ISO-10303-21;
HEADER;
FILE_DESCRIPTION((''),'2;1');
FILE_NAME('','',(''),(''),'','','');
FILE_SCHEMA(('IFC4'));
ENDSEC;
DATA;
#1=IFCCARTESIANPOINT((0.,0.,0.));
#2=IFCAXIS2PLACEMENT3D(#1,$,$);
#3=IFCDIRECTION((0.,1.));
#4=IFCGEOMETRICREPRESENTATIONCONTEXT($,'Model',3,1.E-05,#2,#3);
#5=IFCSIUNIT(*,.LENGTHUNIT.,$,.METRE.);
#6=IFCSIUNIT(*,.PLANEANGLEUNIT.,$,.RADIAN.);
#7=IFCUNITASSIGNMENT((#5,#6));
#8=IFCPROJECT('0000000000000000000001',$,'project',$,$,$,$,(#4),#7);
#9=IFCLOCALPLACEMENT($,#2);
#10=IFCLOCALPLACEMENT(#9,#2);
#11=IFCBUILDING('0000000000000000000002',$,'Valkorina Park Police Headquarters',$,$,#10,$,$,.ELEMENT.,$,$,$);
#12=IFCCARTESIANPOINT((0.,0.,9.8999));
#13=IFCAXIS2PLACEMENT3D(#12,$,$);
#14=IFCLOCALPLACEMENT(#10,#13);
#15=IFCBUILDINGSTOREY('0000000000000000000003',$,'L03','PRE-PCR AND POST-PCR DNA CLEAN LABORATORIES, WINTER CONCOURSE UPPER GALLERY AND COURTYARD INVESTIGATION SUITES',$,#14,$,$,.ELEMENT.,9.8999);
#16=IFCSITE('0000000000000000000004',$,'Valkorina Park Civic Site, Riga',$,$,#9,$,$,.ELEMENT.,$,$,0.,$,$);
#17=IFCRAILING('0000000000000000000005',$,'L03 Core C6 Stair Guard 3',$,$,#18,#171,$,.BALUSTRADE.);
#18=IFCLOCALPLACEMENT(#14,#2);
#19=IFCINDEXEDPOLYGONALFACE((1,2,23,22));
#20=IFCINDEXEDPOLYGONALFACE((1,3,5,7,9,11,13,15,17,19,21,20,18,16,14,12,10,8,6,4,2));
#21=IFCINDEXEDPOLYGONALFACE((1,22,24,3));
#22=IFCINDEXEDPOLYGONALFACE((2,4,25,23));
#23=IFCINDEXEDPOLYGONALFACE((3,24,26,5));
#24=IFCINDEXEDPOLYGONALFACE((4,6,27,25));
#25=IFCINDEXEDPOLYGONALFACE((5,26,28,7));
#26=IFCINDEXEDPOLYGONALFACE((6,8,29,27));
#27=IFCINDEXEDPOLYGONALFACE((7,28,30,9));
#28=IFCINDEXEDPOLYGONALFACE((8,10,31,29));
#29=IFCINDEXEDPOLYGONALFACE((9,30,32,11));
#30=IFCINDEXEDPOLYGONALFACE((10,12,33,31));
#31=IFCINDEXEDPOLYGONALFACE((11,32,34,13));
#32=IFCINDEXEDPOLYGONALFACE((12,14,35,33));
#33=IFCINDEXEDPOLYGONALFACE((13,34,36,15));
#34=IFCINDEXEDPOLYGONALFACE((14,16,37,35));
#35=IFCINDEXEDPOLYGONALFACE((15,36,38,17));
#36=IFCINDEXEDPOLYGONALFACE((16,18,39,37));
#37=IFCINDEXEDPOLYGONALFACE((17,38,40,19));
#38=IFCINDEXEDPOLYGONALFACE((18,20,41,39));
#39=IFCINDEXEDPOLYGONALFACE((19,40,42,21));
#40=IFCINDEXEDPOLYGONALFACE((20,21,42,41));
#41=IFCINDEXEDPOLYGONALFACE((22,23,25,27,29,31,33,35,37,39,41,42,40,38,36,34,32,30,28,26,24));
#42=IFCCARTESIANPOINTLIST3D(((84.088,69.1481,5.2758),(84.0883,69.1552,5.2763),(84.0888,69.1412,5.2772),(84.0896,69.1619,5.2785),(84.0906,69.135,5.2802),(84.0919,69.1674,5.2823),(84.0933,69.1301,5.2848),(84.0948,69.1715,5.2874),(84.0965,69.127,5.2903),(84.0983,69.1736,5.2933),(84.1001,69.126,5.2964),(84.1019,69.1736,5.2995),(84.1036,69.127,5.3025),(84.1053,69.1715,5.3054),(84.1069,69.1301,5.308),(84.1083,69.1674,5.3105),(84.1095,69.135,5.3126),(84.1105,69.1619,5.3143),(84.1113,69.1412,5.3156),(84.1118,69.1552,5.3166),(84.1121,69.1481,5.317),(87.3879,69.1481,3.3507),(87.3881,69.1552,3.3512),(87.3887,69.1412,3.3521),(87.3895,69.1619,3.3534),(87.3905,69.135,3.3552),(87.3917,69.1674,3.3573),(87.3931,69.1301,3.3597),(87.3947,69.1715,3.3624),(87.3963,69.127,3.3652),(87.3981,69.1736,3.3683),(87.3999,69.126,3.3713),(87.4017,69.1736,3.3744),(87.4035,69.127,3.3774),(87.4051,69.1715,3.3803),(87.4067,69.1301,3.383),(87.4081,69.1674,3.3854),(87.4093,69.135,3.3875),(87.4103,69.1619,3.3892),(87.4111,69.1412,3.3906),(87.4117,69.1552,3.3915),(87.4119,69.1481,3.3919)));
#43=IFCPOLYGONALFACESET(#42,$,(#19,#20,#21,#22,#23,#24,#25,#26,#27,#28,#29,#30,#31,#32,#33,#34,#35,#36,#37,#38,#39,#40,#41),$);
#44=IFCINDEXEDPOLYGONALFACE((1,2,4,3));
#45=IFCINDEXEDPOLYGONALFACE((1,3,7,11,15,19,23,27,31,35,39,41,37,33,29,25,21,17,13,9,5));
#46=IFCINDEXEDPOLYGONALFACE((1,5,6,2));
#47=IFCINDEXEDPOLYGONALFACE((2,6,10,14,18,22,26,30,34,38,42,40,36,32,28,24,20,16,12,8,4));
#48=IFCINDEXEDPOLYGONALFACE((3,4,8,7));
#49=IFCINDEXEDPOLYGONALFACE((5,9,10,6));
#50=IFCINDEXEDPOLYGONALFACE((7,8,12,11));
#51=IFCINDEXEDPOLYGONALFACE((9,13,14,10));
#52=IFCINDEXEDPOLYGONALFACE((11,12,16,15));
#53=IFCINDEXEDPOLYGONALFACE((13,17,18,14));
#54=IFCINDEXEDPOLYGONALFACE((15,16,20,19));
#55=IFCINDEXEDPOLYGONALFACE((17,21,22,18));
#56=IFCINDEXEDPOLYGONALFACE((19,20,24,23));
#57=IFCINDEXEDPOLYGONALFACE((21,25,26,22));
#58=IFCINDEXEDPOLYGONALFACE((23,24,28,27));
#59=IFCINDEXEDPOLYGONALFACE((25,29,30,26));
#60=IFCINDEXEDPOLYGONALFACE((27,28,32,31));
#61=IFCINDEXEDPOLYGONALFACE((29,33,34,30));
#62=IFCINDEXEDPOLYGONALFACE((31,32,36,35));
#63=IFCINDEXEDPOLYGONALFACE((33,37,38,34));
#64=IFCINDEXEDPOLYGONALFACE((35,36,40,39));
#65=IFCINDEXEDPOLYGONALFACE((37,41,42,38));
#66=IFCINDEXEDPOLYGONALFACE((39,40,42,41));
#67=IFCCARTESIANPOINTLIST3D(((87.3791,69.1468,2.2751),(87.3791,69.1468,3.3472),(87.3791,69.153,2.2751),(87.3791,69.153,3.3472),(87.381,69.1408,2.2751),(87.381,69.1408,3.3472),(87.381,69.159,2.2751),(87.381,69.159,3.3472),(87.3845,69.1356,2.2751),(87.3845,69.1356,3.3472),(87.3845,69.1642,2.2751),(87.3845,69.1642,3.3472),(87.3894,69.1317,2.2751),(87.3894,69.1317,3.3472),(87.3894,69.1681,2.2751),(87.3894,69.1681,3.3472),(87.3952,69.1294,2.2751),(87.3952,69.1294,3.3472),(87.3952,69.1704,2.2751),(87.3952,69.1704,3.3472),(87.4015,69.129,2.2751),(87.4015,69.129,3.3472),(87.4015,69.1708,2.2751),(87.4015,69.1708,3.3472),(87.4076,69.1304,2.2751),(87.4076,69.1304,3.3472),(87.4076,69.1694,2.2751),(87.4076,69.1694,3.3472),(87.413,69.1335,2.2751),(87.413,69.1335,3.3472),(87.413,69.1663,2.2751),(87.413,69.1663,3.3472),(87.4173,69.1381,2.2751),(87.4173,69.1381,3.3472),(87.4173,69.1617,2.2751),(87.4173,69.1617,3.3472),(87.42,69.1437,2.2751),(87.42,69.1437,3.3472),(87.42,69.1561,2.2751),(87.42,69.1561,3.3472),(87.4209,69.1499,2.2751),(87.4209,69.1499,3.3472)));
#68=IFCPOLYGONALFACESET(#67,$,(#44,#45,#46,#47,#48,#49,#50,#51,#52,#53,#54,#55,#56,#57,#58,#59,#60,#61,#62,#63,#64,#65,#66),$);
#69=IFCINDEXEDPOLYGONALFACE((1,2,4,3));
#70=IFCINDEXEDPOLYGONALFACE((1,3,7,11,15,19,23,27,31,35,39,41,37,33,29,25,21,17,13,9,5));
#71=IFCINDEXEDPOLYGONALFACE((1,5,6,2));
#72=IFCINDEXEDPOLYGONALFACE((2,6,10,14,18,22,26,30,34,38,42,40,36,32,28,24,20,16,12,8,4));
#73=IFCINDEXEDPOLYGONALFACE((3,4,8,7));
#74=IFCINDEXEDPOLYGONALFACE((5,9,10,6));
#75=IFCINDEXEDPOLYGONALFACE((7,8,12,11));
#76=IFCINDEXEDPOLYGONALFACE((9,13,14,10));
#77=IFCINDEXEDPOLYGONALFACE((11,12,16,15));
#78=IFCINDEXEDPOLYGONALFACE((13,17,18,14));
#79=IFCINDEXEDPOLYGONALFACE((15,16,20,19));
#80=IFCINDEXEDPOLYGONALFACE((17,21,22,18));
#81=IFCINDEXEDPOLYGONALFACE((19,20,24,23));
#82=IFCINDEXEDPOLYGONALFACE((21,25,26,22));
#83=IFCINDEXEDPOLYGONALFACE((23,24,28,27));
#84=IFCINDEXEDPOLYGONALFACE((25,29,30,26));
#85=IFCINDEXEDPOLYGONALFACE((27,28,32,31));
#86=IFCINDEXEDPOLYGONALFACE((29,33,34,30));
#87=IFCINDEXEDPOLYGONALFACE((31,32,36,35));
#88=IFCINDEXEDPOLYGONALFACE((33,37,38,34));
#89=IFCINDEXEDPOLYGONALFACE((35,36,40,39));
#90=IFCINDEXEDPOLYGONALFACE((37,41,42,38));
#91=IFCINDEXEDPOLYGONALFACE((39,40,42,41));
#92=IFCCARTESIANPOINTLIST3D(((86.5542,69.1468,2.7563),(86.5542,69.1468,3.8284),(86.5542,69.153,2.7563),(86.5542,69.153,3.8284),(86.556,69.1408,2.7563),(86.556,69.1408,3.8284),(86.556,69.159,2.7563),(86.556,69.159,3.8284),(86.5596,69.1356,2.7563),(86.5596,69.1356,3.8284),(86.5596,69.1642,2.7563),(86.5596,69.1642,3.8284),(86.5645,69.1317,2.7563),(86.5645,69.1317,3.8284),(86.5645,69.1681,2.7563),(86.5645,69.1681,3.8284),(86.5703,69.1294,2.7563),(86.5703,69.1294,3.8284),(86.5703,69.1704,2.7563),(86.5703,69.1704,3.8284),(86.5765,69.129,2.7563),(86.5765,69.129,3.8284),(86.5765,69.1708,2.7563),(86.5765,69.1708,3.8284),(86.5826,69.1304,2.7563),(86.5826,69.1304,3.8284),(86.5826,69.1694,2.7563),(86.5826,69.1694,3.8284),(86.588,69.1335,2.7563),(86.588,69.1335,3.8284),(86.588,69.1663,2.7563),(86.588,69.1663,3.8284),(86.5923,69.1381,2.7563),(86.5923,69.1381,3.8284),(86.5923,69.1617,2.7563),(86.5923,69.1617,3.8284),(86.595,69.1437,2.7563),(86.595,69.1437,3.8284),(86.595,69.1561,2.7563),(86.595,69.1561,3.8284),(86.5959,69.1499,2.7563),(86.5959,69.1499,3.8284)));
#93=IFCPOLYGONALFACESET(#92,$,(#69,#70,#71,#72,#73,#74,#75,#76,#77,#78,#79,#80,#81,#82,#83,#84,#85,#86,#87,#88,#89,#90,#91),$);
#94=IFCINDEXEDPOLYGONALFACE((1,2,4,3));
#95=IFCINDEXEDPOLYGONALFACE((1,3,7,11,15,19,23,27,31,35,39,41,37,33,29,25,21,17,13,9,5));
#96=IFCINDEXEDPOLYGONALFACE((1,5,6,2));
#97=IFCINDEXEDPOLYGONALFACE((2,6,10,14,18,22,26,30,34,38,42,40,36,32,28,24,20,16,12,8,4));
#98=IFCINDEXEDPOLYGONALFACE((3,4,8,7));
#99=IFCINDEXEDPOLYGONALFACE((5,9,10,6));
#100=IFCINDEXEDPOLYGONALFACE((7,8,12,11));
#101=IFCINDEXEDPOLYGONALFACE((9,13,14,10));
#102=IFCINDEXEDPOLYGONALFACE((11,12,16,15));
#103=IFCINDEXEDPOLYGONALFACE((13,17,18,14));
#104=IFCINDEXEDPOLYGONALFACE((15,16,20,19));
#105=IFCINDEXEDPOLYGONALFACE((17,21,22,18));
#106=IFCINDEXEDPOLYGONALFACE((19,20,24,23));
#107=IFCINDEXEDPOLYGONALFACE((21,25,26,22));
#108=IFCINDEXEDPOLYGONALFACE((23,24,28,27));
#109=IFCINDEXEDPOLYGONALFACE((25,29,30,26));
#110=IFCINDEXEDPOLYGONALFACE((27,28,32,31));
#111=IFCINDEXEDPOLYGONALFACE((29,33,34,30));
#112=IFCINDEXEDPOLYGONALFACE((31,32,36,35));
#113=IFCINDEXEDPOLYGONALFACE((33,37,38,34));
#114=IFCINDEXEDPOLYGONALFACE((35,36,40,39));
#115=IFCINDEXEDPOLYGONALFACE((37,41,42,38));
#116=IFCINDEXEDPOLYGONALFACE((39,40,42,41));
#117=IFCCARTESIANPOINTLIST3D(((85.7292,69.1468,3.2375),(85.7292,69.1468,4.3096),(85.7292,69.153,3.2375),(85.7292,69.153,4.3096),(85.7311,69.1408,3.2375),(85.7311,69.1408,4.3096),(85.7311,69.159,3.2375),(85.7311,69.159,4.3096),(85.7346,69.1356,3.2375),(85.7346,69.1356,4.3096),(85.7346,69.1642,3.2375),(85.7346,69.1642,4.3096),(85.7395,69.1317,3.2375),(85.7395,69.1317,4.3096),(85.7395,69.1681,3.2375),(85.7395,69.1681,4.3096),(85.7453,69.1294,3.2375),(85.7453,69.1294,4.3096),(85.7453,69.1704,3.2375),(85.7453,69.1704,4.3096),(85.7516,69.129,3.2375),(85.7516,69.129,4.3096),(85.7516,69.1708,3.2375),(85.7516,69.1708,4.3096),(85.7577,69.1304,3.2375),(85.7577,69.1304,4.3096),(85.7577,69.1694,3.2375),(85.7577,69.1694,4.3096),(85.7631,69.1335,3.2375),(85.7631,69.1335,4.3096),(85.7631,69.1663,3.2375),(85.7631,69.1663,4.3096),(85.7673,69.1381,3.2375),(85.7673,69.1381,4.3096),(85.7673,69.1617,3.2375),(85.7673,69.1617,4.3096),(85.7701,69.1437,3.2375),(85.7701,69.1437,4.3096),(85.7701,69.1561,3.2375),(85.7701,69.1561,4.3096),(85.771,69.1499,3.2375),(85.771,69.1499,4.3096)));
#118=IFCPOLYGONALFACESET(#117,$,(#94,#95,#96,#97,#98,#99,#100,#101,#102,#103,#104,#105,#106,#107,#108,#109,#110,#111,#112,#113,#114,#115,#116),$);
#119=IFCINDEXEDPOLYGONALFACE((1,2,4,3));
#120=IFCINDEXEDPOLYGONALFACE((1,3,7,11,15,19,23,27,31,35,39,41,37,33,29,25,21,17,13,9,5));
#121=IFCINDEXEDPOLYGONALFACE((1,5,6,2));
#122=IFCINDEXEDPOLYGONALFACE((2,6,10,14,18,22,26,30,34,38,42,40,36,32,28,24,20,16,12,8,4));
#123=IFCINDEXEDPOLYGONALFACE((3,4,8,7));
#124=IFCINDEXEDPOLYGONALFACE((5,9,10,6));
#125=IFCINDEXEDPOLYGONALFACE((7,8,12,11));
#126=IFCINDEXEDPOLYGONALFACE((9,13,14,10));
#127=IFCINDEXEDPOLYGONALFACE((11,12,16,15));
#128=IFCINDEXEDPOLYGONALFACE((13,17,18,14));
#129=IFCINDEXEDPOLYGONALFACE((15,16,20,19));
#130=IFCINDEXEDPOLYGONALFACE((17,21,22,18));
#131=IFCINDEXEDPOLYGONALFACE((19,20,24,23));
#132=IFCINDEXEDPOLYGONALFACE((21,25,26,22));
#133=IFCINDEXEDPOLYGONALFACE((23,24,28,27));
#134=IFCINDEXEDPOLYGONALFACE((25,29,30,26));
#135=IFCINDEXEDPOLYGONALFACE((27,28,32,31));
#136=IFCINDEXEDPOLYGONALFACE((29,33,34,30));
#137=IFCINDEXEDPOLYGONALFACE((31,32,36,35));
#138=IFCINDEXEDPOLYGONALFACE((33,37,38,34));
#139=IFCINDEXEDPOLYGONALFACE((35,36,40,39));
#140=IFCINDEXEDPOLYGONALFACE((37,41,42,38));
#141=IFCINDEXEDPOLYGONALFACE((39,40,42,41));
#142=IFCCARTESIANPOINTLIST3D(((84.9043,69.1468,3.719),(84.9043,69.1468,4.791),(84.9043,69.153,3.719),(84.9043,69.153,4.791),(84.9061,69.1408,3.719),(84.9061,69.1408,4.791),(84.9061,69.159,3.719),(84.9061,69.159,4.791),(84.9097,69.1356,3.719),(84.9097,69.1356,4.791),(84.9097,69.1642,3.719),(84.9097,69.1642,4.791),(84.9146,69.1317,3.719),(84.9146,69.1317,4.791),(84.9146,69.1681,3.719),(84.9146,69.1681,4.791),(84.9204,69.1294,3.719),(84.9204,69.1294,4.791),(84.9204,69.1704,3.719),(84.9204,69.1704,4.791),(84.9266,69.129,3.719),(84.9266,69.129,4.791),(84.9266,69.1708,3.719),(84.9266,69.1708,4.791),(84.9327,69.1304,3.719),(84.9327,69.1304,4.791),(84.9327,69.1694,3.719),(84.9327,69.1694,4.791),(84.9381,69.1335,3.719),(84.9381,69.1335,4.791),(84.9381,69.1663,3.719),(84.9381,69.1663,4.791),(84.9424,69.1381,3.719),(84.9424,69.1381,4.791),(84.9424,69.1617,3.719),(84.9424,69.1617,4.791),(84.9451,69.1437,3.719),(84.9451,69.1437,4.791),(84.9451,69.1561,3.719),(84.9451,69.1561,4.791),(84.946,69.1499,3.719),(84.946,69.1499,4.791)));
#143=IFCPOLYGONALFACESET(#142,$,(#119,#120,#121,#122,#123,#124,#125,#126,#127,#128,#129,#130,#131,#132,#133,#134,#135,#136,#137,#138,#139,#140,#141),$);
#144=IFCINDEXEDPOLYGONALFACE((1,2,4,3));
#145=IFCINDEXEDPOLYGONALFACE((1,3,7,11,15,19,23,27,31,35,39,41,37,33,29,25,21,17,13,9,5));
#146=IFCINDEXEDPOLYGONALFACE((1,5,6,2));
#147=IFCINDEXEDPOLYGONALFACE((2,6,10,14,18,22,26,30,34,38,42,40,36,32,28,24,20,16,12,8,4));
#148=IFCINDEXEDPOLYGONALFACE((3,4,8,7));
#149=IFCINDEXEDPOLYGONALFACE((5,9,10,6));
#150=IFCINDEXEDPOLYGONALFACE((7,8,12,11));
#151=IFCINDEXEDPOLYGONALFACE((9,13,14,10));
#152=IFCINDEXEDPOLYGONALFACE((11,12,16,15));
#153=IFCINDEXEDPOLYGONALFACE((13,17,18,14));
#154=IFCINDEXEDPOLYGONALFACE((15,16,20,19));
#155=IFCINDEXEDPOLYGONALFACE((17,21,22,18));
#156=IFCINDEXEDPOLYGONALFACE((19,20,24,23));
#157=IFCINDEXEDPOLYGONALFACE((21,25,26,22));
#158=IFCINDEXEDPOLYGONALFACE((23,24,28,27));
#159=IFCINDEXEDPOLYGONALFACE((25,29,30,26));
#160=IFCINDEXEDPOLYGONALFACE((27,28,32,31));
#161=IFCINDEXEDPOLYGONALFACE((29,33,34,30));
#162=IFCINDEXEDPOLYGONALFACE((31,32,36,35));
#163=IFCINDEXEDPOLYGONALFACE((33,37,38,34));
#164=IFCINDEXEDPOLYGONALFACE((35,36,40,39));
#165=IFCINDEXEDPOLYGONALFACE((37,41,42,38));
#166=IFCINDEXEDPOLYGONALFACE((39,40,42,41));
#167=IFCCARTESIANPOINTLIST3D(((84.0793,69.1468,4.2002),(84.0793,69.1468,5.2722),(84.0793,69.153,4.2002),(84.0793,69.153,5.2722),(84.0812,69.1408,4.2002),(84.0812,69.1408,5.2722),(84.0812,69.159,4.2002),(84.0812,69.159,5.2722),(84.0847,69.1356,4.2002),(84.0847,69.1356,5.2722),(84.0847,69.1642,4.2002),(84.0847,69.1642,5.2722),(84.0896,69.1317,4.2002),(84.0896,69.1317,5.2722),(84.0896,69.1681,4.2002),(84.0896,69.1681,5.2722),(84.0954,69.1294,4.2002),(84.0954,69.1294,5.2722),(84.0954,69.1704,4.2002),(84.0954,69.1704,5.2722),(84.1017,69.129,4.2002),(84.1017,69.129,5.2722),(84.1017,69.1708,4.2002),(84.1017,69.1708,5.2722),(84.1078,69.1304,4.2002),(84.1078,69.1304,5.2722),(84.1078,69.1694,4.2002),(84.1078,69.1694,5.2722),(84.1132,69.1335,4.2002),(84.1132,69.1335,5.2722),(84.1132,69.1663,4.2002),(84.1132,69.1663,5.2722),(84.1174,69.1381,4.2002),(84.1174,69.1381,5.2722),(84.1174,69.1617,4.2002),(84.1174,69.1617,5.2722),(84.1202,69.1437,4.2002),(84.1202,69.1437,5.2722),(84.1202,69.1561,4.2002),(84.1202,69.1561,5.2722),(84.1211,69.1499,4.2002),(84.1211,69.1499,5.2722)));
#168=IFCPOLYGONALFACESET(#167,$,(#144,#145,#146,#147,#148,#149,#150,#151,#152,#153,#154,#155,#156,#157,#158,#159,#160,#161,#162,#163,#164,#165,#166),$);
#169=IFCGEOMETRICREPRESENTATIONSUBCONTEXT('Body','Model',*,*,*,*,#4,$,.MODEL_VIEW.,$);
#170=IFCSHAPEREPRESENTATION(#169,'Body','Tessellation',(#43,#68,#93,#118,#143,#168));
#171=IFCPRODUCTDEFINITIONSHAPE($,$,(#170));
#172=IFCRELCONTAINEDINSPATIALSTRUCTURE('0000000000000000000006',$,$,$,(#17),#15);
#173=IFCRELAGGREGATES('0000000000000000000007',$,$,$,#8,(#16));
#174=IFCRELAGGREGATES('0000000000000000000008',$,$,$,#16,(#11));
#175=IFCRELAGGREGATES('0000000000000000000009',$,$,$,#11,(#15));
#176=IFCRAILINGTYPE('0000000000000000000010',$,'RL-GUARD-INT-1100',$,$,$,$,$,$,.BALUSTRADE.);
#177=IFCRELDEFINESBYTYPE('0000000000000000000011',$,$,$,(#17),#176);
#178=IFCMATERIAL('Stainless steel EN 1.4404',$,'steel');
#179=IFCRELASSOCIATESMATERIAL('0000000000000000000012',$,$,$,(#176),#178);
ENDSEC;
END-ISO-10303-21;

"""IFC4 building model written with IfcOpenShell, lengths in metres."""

from ifc_helpers import new_model, si_unit, direction, frame, origin, origin_2d, place, context, subcontext, project, spatial, circle, extrude, material, type_object, element, save


model = new_model("IFC4")

# Units and contexts
model_context = context("Model", 3, precision=1e-05, world=origin(), true_north=direction((0.0, 1.0)))
body_context = subcontext(model_context, "Body", "Model", "MODEL_VIEW")
ifc_project = project(units=[si_unit("LENGTHUNIT", "METRE"), si_unit("PLANEANGLEUNIT", "RADIAN")], contexts=[model_context])

# Site, building, storey
site_placement = place(None, origin())
site = spatial("IfcSite", under=ifc_project, at=site_placement, Name="Valkorina Park Civic Site, Riga", CompositionType="ELEMENT", RefElevation=0.0)
building_placement = place(site_placement, origin())
building = spatial("IfcBuilding", under=site, at=building_placement, Name="Valkorina Park Police Headquarters", CompositionType="ELEMENT")
storey_placement = place(building_placement, frame((0.0, 0.0, 9.8999)))
storey = spatial("IfcBuildingStorey", under=building, at=storey_placement, Name="L03", Description="PRE-PCR AND POST-PCR DNA CLEAN LABORATORIES, WINTER CONCOURSE UPPER GALLERY AND COURTYARD INVESTIGATION SUITES", CompositionType="ELEMENT", Elevation=9.8999)

# Railing
ifc_material_1 = material(Name="Stainless steel EN 1.4404", Category="steel")
railing_type_1 = type_object("IfcRailingType", Name="RL-GUARD-INT-1100", PredefinedType="BALUSTRADE", material=ifc_material_1)
railing_1_placement = place(storey_placement, frame((87.3999, 69.1499, 2.2751)))
element("IfcRailing", 1, at=railing_1_placement, inside=storey, type_object=railing_type_1, Name="L03 Core C6 Stair Guard 3", PredefinedType="BALUSTRADE", context=body_context, shape_type="SweptSolid", body=[
    extrude(circle(Radius=0.0239, at=origin_2d()), frame((0.0, 0.0, 1.0962), z_axis=(-0.86376, 0.0, 0.503903), x_axis=(0.0, -1.0, 0.0)), (0.0, 0.0, 1.0), 3.8203),
    extrude(circle(Radius=0.021, at=origin_2d()), origin(), (0.0, 0.0, 1.0), 1.072),
    extrude(circle(Radius=0.021, at=origin_2d()), frame((-0.825, 0.0, 0.4812)), (0.0, 0.0, 1.0), 1.072),
    extrude(circle(Radius=0.021, at=origin_2d()), frame((-1.6499, 0.0, 0.9624)), (0.0, 0.0, 1.0), 1.072),
    extrude(circle(Radius=0.021, at=origin_2d()), frame((-2.4749, 0.0, 1.4438)), (0.0, 0.0, 1.0), 1.072),
    extrude(circle(Radius=0.021, at=origin_2d()), frame((-3.2998, 0.0, 1.925)), (0.0, 0.0, 1.0), 1.072),
])

save(model, "model.ifc")
